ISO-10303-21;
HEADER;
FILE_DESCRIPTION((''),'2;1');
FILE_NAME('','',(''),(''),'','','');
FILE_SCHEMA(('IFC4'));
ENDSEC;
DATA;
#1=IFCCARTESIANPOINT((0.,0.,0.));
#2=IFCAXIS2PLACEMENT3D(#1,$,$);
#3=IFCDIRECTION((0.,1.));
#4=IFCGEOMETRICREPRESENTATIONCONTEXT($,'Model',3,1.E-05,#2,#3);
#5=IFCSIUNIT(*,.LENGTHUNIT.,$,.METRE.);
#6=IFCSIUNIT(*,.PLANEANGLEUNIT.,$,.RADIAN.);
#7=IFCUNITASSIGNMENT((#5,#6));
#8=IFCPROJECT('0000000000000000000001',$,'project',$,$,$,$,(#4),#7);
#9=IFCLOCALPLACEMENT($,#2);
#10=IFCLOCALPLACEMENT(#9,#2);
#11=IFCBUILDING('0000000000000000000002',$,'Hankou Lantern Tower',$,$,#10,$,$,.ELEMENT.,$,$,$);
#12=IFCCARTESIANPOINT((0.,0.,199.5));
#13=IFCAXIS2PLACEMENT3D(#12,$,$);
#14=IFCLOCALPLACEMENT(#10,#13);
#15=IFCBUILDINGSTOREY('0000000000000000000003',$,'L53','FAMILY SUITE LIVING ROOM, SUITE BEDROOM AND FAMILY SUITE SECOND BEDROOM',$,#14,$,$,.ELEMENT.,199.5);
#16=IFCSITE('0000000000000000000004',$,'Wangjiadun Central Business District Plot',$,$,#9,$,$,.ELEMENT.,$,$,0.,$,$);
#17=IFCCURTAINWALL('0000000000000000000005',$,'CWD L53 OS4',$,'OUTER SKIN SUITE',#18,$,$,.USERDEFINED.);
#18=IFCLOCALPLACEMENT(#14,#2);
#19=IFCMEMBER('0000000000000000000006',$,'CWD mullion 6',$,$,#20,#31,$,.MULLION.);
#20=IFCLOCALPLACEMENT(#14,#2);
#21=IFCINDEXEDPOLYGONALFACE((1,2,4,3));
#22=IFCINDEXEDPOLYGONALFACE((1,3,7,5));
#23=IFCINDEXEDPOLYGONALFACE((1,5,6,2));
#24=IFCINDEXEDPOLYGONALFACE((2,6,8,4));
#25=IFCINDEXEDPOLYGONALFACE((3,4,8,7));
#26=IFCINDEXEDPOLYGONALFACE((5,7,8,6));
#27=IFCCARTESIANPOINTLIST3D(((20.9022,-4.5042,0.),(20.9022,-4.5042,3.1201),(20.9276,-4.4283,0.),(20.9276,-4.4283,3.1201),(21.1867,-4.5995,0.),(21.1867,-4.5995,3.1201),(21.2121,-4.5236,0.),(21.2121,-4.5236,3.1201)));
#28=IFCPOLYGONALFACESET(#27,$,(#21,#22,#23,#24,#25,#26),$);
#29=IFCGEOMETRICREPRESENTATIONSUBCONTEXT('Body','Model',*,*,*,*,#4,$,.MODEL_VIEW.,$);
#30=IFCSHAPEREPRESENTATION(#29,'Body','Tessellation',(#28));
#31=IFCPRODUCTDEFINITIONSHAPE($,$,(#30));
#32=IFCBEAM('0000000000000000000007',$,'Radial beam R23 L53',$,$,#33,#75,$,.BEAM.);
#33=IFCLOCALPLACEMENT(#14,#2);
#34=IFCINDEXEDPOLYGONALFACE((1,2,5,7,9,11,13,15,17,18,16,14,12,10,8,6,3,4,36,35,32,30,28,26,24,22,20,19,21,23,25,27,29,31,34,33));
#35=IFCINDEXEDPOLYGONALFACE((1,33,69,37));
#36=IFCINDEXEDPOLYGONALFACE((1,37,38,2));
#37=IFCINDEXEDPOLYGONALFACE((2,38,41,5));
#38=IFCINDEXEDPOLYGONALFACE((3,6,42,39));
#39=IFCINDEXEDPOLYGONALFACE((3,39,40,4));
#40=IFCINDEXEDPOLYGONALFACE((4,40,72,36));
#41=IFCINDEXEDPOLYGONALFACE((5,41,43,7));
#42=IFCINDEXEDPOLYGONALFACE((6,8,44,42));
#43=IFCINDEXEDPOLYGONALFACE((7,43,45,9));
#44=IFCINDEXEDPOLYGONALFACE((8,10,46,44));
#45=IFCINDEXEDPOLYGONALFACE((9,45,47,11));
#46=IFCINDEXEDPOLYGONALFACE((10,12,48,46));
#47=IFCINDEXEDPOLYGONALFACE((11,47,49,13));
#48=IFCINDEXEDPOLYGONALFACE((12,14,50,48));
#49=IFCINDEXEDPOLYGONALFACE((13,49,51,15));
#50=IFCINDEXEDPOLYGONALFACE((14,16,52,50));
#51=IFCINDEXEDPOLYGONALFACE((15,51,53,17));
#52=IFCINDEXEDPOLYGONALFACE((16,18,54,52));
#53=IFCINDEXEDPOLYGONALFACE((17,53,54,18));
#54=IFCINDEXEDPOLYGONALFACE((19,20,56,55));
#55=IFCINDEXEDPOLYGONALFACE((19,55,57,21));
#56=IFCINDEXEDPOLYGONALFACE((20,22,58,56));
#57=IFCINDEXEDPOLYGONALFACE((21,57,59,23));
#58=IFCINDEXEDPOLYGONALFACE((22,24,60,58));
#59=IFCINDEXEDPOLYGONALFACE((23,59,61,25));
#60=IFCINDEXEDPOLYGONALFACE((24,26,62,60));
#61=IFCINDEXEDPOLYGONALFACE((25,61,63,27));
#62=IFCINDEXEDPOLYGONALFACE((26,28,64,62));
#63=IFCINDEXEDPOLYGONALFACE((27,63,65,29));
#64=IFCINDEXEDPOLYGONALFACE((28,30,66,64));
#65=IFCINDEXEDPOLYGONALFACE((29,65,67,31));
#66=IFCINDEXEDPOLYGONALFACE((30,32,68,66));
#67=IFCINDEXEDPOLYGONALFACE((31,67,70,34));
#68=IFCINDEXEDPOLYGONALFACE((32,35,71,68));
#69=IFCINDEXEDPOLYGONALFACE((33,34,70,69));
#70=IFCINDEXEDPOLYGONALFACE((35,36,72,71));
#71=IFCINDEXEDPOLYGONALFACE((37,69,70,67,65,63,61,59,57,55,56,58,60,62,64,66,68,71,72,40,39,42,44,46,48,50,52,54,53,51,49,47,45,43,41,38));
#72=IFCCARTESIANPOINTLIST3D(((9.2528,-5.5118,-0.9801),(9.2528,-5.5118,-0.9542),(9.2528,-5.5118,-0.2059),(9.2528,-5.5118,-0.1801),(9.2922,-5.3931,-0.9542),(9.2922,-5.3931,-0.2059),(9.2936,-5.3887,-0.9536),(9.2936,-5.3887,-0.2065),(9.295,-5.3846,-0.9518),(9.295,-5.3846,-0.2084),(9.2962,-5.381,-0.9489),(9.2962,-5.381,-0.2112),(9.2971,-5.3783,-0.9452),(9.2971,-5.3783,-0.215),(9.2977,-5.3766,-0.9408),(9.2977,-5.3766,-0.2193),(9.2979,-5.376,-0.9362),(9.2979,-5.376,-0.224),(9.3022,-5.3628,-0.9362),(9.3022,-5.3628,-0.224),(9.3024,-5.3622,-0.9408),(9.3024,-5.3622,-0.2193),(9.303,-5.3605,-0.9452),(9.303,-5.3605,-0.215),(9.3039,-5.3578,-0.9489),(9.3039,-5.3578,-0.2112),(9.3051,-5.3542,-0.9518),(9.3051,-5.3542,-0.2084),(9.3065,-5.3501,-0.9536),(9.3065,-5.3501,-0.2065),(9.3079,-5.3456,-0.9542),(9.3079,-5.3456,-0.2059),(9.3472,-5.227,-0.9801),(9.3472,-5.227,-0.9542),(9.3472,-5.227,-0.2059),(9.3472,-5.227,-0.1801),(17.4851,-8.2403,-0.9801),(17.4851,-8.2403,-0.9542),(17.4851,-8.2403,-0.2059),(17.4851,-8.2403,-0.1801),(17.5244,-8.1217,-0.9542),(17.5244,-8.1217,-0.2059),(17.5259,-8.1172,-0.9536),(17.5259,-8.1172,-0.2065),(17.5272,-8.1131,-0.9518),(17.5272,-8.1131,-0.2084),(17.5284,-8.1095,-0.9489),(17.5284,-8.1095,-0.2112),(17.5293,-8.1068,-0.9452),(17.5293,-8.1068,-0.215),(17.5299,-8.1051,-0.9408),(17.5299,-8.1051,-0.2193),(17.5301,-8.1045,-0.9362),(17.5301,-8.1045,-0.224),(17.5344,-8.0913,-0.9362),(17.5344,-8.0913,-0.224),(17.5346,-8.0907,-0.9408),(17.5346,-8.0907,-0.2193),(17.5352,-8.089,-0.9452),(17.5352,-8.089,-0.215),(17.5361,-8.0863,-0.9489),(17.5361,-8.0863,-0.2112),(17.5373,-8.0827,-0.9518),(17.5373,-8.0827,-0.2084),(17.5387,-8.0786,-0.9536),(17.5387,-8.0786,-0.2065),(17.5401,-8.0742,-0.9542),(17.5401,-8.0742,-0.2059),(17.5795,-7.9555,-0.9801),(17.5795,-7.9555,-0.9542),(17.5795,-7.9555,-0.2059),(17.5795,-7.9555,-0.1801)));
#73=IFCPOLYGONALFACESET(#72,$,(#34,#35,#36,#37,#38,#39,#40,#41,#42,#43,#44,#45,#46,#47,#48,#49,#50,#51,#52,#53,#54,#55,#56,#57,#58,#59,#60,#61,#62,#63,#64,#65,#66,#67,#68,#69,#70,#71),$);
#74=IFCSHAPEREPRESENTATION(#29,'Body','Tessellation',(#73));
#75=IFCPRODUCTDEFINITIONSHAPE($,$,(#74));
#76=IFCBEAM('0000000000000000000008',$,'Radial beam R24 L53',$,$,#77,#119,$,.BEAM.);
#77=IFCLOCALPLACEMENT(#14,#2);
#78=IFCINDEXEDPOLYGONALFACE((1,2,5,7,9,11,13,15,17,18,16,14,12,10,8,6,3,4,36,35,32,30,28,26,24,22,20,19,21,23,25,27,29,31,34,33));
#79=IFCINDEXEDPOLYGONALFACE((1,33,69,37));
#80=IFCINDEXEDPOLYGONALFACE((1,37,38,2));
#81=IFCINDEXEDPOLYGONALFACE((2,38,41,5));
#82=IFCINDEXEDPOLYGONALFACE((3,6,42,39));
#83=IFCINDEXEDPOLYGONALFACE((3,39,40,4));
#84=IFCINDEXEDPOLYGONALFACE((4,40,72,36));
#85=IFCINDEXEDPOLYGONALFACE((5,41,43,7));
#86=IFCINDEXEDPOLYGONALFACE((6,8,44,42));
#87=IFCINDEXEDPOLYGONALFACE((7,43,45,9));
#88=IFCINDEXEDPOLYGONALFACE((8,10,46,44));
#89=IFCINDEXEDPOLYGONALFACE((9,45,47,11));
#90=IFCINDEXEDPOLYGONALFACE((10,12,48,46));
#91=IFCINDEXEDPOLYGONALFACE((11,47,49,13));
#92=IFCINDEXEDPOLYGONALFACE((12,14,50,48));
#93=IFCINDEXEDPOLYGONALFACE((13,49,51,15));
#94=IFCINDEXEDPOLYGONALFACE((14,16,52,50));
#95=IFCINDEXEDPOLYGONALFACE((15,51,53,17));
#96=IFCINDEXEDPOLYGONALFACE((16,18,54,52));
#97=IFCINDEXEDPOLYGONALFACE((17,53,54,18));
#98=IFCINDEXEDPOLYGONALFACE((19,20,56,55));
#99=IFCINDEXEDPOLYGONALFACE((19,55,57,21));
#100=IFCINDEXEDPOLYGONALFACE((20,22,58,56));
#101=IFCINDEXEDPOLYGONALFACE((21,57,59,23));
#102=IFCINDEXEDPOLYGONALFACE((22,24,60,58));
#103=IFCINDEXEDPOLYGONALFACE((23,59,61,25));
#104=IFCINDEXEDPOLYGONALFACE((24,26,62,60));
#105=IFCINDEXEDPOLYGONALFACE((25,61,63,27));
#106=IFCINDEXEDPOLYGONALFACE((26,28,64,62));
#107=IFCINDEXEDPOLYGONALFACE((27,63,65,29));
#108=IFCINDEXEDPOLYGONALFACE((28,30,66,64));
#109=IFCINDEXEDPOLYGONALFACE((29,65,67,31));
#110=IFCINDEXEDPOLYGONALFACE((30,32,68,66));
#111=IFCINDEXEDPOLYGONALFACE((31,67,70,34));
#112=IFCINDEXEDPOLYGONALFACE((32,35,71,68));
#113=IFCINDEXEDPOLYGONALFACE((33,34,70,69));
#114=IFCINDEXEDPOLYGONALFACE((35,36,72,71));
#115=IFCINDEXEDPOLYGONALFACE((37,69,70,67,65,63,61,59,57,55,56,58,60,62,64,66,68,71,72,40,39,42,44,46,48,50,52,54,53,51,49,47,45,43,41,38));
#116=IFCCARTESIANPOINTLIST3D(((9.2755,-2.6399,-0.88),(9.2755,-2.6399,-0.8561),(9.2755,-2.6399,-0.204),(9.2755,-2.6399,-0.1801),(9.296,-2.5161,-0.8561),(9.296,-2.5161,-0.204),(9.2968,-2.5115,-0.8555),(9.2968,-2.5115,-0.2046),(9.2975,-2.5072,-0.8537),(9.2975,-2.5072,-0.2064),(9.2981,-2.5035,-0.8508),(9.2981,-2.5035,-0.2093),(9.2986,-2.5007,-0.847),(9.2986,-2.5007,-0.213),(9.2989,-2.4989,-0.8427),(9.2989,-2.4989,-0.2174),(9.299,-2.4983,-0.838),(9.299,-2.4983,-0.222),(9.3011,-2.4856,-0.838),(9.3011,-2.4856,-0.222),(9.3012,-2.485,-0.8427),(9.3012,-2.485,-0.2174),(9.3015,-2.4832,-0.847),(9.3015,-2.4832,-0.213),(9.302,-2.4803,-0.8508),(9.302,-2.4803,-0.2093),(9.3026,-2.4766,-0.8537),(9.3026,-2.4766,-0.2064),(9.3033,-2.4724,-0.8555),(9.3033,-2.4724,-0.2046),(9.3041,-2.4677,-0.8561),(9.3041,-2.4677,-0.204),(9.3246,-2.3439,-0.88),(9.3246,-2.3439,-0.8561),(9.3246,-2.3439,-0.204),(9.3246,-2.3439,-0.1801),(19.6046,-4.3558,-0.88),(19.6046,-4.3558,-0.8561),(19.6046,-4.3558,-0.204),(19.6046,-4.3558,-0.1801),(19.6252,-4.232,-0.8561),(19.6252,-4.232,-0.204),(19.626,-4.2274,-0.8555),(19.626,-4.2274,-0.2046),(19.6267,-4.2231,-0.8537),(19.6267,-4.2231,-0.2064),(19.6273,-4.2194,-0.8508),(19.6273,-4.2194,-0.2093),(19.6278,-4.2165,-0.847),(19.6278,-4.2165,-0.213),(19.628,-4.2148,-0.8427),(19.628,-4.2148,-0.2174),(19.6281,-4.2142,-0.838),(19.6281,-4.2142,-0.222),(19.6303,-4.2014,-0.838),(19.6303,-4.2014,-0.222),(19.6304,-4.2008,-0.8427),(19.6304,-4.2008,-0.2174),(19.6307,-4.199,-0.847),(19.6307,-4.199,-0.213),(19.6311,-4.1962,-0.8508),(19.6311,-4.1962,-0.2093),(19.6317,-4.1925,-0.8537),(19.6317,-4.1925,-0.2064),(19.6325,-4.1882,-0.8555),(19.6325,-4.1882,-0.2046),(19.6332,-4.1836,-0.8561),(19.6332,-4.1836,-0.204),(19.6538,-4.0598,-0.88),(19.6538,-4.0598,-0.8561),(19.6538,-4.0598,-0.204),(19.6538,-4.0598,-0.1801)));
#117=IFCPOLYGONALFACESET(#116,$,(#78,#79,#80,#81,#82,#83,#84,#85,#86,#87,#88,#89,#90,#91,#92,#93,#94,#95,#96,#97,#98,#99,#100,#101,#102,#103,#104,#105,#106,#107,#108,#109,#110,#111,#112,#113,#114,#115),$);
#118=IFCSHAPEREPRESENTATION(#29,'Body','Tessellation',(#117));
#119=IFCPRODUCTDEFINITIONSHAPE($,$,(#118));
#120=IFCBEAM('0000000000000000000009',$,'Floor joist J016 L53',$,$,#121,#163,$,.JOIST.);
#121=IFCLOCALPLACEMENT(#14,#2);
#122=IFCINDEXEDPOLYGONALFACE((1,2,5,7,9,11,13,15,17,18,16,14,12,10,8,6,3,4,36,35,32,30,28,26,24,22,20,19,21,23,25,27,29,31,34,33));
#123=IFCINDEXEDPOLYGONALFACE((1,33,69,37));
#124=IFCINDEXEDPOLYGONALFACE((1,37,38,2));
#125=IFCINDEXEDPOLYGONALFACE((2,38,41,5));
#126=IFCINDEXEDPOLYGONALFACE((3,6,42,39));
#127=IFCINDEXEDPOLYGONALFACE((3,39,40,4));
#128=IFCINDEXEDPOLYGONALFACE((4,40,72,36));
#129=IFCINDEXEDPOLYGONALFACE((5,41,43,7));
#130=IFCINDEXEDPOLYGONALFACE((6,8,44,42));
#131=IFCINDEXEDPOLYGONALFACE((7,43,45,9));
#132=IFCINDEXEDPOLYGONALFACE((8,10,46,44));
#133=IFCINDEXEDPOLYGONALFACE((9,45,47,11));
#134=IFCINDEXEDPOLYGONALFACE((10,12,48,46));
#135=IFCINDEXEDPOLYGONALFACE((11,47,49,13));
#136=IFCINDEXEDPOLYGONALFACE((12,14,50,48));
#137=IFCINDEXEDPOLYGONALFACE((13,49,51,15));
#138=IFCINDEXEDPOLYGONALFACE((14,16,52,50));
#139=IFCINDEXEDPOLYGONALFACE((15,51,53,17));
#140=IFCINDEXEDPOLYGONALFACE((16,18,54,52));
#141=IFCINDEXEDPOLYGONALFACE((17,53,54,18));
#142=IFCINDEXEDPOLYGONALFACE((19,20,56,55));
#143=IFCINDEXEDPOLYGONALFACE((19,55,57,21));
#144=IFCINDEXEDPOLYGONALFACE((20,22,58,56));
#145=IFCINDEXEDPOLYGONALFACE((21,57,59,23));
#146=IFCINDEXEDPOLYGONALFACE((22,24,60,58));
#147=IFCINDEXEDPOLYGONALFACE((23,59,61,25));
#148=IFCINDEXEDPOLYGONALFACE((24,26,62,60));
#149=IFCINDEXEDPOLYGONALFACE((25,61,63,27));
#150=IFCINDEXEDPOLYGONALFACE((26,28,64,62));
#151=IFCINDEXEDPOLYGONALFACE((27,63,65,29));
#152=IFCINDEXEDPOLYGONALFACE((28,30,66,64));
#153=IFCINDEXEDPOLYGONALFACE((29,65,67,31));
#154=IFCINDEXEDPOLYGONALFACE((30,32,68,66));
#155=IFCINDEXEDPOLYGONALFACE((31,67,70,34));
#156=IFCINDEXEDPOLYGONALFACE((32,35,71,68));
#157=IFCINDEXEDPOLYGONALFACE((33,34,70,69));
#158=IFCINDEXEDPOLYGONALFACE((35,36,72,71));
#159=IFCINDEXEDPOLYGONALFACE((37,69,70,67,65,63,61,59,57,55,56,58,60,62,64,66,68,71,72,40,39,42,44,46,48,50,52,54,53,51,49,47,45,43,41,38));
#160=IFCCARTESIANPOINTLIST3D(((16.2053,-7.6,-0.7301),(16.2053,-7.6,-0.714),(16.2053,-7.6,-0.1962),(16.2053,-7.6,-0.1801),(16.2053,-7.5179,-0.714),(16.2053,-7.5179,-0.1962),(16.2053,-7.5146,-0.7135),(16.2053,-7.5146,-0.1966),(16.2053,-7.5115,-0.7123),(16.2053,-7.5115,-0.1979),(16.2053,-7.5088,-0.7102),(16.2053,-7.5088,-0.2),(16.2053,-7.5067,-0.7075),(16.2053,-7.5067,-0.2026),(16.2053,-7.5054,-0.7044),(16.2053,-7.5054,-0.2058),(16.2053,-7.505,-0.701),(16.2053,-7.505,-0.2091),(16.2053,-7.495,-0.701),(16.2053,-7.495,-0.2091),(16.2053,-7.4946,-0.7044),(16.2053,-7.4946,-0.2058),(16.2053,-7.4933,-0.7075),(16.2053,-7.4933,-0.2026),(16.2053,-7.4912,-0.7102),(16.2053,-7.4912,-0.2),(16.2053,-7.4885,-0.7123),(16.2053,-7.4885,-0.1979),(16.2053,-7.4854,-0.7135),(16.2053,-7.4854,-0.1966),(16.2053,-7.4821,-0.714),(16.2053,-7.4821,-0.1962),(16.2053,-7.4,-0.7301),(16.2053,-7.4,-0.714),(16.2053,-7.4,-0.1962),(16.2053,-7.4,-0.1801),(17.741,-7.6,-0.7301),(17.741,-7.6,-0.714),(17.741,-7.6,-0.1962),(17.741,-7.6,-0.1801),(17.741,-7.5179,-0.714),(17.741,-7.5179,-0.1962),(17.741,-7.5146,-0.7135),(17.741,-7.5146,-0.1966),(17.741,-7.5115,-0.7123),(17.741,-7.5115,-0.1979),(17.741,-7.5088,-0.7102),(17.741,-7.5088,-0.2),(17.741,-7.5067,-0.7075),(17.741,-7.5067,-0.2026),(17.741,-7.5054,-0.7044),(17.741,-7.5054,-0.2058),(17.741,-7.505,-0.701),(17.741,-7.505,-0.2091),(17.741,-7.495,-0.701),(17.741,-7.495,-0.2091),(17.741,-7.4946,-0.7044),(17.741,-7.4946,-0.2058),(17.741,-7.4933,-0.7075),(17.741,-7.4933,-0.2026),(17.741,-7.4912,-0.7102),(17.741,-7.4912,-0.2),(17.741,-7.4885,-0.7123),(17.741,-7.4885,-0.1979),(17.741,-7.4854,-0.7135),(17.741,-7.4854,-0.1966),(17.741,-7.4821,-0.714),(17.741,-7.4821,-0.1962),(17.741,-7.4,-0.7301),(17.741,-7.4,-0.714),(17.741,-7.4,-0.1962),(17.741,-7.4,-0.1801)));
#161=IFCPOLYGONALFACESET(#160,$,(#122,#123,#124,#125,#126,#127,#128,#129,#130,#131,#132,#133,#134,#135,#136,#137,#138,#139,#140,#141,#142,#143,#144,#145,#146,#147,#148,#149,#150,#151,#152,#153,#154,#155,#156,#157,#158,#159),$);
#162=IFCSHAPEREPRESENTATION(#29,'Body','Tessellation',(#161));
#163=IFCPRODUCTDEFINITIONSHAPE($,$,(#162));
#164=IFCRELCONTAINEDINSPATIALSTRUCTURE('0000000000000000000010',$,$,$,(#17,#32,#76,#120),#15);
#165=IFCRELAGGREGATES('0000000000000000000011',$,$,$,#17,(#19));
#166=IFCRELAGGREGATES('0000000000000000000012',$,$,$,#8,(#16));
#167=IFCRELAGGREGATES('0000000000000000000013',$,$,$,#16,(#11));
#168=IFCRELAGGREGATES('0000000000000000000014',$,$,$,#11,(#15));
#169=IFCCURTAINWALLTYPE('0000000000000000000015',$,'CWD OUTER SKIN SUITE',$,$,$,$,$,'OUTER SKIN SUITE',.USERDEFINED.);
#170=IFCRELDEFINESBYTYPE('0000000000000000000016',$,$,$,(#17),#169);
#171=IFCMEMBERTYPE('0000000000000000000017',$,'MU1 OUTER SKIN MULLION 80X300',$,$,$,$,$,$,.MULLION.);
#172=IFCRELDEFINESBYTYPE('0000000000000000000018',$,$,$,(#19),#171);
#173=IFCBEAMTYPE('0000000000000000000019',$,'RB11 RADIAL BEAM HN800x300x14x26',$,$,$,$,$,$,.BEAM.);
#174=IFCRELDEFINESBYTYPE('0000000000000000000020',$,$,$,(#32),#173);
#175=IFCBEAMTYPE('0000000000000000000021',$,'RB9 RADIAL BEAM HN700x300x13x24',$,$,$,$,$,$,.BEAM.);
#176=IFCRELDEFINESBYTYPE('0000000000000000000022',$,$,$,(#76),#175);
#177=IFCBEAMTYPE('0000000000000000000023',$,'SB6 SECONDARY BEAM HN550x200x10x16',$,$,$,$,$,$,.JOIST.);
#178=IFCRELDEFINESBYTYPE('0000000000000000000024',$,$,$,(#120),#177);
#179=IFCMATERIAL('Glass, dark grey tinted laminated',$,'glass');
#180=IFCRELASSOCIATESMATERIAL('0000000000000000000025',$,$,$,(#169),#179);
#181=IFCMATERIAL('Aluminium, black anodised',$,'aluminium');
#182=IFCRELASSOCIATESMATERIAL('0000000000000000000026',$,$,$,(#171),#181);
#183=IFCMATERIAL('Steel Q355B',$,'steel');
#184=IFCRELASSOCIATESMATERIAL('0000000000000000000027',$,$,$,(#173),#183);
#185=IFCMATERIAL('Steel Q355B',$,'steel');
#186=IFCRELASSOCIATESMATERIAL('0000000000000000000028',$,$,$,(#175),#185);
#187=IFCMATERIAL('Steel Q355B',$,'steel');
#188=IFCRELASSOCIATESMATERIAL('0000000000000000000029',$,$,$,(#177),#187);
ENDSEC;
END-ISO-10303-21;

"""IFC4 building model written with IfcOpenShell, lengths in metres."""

from ifc_helpers import new_model, si_unit, direction, frame, origin, origin_2d, place, context, subcontext, project, spatial, rectangle, i_section, extrude, material, material_profile, profile_set, type_object, element, aggregate, save


model = new_model("IFC4")

# Units and contexts
model_context = context("Model", 3, precision=1e-05, world=origin(), true_north=direction((0.0, 1.0)))
body_context = subcontext(model_context, "Body", "Model", "MODEL_VIEW")
ifc_project = project(units=[si_unit("LENGTHUNIT", "METRE"), si_unit("PLANEANGLEUNIT", "RADIAN")], contexts=[model_context])

# Site, building, storey
site_placement = place(None, origin())
site = spatial("IfcSite", under=ifc_project, at=site_placement, Name="Wangjiadun Central Business District Plot", CompositionType="ELEMENT", RefElevation=0.0)
building_placement = place(site_placement, origin())
building = spatial("IfcBuilding", under=site, at=building_placement, Name="Hankou Lantern Tower", CompositionType="ELEMENT")
storey_placement = place(building_placement, frame((0.0, 0.0, 199.5)))
storey = spatial("IfcBuildingStorey", under=building, at=storey_placement, Name="L53", Description="FAMILY SUITE LIVING ROOM, SUITE BEDROOM AND FAMILY SUITE SECOND BEDROOM", CompositionType="ELEMENT", Elevation=199.5)

# Curtain wall, member
ifc_material_1 = material(Name="Glass, dark grey tinted laminated", Category="glass")
curtain_wall_type = type_object("IfcCurtainWallType", Name="CWD OUTER SKIN SUITE", ElementType="OUTER SKIN SUITE", PredefinedType="USERDEFINED", material=ifc_material_1)
curtain_wall_placement = place(storey_placement, origin())
curtain_wall = element("IfcCurtainWall", 1, at=curtain_wall_placement, inside=storey, type_object=curtain_wall_type, Name="CWD L53 OS4", ObjectType="OUTER SKIN SUITE", PredefinedType="USERDEFINED")
ifc_material_2 = material(Name="Aluminium, black anodised", Category="aluminium")
ifc_material_profile_1 = material_profile(ifc_material_2, rectangle(XDim=0.0801, YDim=0.3, at=origin_2d()), Name="MU1 80X300")
ifc_profile_set_1 = profile_set([ifc_material_profile_1], Name="Aluminium, black anodised")
member_type_1 = type_object("IfcMemberType", Name="MU1 OUTER SKIN MULLION 80X300", PredefinedType="MULLION", material=ifc_profile_set_1)
member_1_placement = place(storey_placement, frame((21.0571, -4.5139, 0.0), z_axis=(0.0, 0.0, 1.0), x_axis=(0.317596, 0.948226, 0.0)))
member_1 = element("IfcMember", 2, at=member_1_placement, type_object=member_type_1, Name="CWD mullion 6", PredefinedType="MULLION", context=body_context, shape_type="SweptSolid", body=[
    extrude(rectangle(XDim=0.0801, YDim=0.3, at=origin_2d()), origin(), (0.0, 0.0, 1.0), 3.1201),
])

# Beams
ifc_material_3 = material(Name="Steel Q355B", Category="steel")
ifc_material_profile_2 = material_profile(ifc_material_3, i_section(OverallWidth=0.3, OverallDepth=0.8, WebThickness=0.0139, FlangeThickness=0.0259, FilletRadius=0.0181, at=origin_2d()), Name="HN800x300x14x26")
ifc_profile_set_2 = profile_set([ifc_material_profile_2], Name="Steel Q355B")
beam_type_1 = type_object("IfcBeamType", Name="RB11 RADIAL BEAM HN800x300x14x26", PredefinedType="BEAM", material=ifc_profile_set_2)
beam_1_placement = place(storey_placement, frame((9.3, -5.3694, -0.5801), z_axis=(0.94922, -0.314614, 0.0), x_axis=(0.314614, 0.94922, 0.0)))
element("IfcBeam", 3, at=beam_1_placement, inside=storey, type_object=beam_type_1, Name="Radial beam R23 L53", PredefinedType="BEAM", context=body_context, shape_type="SweptSolid", body=[
    extrude(i_section(OverallWidth=0.3, OverallDepth=0.8, WebThickness=0.0139, FlangeThickness=0.0259, FilletRadius=0.0181, at=origin_2d()), origin(), (0.0, 0.0, 1.0), 8.6726),
])
ifc_material_4 = material(Name="Steel Q355B", Category="steel")
ifc_material_profile_3 = material_profile(ifc_material_4, i_section(OverallWidth=0.3, OverallDepth=0.7, WebThickness=0.0129, FlangeThickness=0.0239, FilletRadius=0.0181, at=origin_2d()), Name="HN700x300x13x24")
ifc_profile_set_3 = profile_set([ifc_material_profile_3], Name="Steel Q355B")
beam_type_2 = type_object("IfcBeamType", Name="RB9 RADIAL BEAM HN700x300x13x24", PredefinedType="BEAM", material=ifc_profile_set_3)
beam_2_placement = place(storey_placement, frame((9.3, -2.4919, -0.53), z_axis=(0.986482, -0.16387, 0.0), x_axis=(0.16387, 0.986482, 0.0)))
element("IfcBeam", 4, at=beam_2_placement, inside=storey, type_object=beam_type_2, Name="Radial beam R24 L53", PredefinedType="BEAM", context=body_context, shape_type="SweptSolid", body=[
    extrude(i_section(OverallWidth=0.3, OverallDepth=0.7, WebThickness=0.0129, FlangeThickness=0.0239, FilletRadius=0.0181, at=origin_2d()), origin(), (0.0, 0.0, 1.0), 10.4707),
])
ifc_material_5 = material(Name="Steel Q355B", Category="steel")
ifc_material_profile_4 = material_profile(ifc_material_5, i_section(OverallWidth=0.2, OverallDepth=0.55, WebThickness=0.01, FlangeThickness=0.0161, FilletRadius=0.0129, at=origin_2d()), Name="HN550x200x10x16")
ifc_profile_set_4 = profile_set([ifc_material_profile_4], Name="Steel Q355B")
beam_type_3 = type_object("IfcBeamType", Name="SB6 SECONDARY BEAM HN550x200x10x16", PredefinedType="JOIST", material=ifc_profile_set_4)
beam_3_placement = place(storey_placement, frame((16.2053, -7.5, -0.4551), z_axis=(1.0, 0.0, 0.0), x_axis=(0.0, 1.0, 0.0)))
element("IfcBeam", 5, at=beam_3_placement, inside=storey, type_object=beam_type_3, Name="Floor joist J016 L53", PredefinedType="JOIST", context=body_context, shape_type="SweptSolid", body=[
    extrude(i_section(OverallWidth=0.2, OverallDepth=0.55, WebThickness=0.01, FlangeThickness=0.0161, FilletRadius=0.0129, at=origin_2d()), origin(), (0.0, 0.0, 1.0), 1.5356),
])

aggregate(curtain_wall, [member_1])

save(model, "model.ifc")
